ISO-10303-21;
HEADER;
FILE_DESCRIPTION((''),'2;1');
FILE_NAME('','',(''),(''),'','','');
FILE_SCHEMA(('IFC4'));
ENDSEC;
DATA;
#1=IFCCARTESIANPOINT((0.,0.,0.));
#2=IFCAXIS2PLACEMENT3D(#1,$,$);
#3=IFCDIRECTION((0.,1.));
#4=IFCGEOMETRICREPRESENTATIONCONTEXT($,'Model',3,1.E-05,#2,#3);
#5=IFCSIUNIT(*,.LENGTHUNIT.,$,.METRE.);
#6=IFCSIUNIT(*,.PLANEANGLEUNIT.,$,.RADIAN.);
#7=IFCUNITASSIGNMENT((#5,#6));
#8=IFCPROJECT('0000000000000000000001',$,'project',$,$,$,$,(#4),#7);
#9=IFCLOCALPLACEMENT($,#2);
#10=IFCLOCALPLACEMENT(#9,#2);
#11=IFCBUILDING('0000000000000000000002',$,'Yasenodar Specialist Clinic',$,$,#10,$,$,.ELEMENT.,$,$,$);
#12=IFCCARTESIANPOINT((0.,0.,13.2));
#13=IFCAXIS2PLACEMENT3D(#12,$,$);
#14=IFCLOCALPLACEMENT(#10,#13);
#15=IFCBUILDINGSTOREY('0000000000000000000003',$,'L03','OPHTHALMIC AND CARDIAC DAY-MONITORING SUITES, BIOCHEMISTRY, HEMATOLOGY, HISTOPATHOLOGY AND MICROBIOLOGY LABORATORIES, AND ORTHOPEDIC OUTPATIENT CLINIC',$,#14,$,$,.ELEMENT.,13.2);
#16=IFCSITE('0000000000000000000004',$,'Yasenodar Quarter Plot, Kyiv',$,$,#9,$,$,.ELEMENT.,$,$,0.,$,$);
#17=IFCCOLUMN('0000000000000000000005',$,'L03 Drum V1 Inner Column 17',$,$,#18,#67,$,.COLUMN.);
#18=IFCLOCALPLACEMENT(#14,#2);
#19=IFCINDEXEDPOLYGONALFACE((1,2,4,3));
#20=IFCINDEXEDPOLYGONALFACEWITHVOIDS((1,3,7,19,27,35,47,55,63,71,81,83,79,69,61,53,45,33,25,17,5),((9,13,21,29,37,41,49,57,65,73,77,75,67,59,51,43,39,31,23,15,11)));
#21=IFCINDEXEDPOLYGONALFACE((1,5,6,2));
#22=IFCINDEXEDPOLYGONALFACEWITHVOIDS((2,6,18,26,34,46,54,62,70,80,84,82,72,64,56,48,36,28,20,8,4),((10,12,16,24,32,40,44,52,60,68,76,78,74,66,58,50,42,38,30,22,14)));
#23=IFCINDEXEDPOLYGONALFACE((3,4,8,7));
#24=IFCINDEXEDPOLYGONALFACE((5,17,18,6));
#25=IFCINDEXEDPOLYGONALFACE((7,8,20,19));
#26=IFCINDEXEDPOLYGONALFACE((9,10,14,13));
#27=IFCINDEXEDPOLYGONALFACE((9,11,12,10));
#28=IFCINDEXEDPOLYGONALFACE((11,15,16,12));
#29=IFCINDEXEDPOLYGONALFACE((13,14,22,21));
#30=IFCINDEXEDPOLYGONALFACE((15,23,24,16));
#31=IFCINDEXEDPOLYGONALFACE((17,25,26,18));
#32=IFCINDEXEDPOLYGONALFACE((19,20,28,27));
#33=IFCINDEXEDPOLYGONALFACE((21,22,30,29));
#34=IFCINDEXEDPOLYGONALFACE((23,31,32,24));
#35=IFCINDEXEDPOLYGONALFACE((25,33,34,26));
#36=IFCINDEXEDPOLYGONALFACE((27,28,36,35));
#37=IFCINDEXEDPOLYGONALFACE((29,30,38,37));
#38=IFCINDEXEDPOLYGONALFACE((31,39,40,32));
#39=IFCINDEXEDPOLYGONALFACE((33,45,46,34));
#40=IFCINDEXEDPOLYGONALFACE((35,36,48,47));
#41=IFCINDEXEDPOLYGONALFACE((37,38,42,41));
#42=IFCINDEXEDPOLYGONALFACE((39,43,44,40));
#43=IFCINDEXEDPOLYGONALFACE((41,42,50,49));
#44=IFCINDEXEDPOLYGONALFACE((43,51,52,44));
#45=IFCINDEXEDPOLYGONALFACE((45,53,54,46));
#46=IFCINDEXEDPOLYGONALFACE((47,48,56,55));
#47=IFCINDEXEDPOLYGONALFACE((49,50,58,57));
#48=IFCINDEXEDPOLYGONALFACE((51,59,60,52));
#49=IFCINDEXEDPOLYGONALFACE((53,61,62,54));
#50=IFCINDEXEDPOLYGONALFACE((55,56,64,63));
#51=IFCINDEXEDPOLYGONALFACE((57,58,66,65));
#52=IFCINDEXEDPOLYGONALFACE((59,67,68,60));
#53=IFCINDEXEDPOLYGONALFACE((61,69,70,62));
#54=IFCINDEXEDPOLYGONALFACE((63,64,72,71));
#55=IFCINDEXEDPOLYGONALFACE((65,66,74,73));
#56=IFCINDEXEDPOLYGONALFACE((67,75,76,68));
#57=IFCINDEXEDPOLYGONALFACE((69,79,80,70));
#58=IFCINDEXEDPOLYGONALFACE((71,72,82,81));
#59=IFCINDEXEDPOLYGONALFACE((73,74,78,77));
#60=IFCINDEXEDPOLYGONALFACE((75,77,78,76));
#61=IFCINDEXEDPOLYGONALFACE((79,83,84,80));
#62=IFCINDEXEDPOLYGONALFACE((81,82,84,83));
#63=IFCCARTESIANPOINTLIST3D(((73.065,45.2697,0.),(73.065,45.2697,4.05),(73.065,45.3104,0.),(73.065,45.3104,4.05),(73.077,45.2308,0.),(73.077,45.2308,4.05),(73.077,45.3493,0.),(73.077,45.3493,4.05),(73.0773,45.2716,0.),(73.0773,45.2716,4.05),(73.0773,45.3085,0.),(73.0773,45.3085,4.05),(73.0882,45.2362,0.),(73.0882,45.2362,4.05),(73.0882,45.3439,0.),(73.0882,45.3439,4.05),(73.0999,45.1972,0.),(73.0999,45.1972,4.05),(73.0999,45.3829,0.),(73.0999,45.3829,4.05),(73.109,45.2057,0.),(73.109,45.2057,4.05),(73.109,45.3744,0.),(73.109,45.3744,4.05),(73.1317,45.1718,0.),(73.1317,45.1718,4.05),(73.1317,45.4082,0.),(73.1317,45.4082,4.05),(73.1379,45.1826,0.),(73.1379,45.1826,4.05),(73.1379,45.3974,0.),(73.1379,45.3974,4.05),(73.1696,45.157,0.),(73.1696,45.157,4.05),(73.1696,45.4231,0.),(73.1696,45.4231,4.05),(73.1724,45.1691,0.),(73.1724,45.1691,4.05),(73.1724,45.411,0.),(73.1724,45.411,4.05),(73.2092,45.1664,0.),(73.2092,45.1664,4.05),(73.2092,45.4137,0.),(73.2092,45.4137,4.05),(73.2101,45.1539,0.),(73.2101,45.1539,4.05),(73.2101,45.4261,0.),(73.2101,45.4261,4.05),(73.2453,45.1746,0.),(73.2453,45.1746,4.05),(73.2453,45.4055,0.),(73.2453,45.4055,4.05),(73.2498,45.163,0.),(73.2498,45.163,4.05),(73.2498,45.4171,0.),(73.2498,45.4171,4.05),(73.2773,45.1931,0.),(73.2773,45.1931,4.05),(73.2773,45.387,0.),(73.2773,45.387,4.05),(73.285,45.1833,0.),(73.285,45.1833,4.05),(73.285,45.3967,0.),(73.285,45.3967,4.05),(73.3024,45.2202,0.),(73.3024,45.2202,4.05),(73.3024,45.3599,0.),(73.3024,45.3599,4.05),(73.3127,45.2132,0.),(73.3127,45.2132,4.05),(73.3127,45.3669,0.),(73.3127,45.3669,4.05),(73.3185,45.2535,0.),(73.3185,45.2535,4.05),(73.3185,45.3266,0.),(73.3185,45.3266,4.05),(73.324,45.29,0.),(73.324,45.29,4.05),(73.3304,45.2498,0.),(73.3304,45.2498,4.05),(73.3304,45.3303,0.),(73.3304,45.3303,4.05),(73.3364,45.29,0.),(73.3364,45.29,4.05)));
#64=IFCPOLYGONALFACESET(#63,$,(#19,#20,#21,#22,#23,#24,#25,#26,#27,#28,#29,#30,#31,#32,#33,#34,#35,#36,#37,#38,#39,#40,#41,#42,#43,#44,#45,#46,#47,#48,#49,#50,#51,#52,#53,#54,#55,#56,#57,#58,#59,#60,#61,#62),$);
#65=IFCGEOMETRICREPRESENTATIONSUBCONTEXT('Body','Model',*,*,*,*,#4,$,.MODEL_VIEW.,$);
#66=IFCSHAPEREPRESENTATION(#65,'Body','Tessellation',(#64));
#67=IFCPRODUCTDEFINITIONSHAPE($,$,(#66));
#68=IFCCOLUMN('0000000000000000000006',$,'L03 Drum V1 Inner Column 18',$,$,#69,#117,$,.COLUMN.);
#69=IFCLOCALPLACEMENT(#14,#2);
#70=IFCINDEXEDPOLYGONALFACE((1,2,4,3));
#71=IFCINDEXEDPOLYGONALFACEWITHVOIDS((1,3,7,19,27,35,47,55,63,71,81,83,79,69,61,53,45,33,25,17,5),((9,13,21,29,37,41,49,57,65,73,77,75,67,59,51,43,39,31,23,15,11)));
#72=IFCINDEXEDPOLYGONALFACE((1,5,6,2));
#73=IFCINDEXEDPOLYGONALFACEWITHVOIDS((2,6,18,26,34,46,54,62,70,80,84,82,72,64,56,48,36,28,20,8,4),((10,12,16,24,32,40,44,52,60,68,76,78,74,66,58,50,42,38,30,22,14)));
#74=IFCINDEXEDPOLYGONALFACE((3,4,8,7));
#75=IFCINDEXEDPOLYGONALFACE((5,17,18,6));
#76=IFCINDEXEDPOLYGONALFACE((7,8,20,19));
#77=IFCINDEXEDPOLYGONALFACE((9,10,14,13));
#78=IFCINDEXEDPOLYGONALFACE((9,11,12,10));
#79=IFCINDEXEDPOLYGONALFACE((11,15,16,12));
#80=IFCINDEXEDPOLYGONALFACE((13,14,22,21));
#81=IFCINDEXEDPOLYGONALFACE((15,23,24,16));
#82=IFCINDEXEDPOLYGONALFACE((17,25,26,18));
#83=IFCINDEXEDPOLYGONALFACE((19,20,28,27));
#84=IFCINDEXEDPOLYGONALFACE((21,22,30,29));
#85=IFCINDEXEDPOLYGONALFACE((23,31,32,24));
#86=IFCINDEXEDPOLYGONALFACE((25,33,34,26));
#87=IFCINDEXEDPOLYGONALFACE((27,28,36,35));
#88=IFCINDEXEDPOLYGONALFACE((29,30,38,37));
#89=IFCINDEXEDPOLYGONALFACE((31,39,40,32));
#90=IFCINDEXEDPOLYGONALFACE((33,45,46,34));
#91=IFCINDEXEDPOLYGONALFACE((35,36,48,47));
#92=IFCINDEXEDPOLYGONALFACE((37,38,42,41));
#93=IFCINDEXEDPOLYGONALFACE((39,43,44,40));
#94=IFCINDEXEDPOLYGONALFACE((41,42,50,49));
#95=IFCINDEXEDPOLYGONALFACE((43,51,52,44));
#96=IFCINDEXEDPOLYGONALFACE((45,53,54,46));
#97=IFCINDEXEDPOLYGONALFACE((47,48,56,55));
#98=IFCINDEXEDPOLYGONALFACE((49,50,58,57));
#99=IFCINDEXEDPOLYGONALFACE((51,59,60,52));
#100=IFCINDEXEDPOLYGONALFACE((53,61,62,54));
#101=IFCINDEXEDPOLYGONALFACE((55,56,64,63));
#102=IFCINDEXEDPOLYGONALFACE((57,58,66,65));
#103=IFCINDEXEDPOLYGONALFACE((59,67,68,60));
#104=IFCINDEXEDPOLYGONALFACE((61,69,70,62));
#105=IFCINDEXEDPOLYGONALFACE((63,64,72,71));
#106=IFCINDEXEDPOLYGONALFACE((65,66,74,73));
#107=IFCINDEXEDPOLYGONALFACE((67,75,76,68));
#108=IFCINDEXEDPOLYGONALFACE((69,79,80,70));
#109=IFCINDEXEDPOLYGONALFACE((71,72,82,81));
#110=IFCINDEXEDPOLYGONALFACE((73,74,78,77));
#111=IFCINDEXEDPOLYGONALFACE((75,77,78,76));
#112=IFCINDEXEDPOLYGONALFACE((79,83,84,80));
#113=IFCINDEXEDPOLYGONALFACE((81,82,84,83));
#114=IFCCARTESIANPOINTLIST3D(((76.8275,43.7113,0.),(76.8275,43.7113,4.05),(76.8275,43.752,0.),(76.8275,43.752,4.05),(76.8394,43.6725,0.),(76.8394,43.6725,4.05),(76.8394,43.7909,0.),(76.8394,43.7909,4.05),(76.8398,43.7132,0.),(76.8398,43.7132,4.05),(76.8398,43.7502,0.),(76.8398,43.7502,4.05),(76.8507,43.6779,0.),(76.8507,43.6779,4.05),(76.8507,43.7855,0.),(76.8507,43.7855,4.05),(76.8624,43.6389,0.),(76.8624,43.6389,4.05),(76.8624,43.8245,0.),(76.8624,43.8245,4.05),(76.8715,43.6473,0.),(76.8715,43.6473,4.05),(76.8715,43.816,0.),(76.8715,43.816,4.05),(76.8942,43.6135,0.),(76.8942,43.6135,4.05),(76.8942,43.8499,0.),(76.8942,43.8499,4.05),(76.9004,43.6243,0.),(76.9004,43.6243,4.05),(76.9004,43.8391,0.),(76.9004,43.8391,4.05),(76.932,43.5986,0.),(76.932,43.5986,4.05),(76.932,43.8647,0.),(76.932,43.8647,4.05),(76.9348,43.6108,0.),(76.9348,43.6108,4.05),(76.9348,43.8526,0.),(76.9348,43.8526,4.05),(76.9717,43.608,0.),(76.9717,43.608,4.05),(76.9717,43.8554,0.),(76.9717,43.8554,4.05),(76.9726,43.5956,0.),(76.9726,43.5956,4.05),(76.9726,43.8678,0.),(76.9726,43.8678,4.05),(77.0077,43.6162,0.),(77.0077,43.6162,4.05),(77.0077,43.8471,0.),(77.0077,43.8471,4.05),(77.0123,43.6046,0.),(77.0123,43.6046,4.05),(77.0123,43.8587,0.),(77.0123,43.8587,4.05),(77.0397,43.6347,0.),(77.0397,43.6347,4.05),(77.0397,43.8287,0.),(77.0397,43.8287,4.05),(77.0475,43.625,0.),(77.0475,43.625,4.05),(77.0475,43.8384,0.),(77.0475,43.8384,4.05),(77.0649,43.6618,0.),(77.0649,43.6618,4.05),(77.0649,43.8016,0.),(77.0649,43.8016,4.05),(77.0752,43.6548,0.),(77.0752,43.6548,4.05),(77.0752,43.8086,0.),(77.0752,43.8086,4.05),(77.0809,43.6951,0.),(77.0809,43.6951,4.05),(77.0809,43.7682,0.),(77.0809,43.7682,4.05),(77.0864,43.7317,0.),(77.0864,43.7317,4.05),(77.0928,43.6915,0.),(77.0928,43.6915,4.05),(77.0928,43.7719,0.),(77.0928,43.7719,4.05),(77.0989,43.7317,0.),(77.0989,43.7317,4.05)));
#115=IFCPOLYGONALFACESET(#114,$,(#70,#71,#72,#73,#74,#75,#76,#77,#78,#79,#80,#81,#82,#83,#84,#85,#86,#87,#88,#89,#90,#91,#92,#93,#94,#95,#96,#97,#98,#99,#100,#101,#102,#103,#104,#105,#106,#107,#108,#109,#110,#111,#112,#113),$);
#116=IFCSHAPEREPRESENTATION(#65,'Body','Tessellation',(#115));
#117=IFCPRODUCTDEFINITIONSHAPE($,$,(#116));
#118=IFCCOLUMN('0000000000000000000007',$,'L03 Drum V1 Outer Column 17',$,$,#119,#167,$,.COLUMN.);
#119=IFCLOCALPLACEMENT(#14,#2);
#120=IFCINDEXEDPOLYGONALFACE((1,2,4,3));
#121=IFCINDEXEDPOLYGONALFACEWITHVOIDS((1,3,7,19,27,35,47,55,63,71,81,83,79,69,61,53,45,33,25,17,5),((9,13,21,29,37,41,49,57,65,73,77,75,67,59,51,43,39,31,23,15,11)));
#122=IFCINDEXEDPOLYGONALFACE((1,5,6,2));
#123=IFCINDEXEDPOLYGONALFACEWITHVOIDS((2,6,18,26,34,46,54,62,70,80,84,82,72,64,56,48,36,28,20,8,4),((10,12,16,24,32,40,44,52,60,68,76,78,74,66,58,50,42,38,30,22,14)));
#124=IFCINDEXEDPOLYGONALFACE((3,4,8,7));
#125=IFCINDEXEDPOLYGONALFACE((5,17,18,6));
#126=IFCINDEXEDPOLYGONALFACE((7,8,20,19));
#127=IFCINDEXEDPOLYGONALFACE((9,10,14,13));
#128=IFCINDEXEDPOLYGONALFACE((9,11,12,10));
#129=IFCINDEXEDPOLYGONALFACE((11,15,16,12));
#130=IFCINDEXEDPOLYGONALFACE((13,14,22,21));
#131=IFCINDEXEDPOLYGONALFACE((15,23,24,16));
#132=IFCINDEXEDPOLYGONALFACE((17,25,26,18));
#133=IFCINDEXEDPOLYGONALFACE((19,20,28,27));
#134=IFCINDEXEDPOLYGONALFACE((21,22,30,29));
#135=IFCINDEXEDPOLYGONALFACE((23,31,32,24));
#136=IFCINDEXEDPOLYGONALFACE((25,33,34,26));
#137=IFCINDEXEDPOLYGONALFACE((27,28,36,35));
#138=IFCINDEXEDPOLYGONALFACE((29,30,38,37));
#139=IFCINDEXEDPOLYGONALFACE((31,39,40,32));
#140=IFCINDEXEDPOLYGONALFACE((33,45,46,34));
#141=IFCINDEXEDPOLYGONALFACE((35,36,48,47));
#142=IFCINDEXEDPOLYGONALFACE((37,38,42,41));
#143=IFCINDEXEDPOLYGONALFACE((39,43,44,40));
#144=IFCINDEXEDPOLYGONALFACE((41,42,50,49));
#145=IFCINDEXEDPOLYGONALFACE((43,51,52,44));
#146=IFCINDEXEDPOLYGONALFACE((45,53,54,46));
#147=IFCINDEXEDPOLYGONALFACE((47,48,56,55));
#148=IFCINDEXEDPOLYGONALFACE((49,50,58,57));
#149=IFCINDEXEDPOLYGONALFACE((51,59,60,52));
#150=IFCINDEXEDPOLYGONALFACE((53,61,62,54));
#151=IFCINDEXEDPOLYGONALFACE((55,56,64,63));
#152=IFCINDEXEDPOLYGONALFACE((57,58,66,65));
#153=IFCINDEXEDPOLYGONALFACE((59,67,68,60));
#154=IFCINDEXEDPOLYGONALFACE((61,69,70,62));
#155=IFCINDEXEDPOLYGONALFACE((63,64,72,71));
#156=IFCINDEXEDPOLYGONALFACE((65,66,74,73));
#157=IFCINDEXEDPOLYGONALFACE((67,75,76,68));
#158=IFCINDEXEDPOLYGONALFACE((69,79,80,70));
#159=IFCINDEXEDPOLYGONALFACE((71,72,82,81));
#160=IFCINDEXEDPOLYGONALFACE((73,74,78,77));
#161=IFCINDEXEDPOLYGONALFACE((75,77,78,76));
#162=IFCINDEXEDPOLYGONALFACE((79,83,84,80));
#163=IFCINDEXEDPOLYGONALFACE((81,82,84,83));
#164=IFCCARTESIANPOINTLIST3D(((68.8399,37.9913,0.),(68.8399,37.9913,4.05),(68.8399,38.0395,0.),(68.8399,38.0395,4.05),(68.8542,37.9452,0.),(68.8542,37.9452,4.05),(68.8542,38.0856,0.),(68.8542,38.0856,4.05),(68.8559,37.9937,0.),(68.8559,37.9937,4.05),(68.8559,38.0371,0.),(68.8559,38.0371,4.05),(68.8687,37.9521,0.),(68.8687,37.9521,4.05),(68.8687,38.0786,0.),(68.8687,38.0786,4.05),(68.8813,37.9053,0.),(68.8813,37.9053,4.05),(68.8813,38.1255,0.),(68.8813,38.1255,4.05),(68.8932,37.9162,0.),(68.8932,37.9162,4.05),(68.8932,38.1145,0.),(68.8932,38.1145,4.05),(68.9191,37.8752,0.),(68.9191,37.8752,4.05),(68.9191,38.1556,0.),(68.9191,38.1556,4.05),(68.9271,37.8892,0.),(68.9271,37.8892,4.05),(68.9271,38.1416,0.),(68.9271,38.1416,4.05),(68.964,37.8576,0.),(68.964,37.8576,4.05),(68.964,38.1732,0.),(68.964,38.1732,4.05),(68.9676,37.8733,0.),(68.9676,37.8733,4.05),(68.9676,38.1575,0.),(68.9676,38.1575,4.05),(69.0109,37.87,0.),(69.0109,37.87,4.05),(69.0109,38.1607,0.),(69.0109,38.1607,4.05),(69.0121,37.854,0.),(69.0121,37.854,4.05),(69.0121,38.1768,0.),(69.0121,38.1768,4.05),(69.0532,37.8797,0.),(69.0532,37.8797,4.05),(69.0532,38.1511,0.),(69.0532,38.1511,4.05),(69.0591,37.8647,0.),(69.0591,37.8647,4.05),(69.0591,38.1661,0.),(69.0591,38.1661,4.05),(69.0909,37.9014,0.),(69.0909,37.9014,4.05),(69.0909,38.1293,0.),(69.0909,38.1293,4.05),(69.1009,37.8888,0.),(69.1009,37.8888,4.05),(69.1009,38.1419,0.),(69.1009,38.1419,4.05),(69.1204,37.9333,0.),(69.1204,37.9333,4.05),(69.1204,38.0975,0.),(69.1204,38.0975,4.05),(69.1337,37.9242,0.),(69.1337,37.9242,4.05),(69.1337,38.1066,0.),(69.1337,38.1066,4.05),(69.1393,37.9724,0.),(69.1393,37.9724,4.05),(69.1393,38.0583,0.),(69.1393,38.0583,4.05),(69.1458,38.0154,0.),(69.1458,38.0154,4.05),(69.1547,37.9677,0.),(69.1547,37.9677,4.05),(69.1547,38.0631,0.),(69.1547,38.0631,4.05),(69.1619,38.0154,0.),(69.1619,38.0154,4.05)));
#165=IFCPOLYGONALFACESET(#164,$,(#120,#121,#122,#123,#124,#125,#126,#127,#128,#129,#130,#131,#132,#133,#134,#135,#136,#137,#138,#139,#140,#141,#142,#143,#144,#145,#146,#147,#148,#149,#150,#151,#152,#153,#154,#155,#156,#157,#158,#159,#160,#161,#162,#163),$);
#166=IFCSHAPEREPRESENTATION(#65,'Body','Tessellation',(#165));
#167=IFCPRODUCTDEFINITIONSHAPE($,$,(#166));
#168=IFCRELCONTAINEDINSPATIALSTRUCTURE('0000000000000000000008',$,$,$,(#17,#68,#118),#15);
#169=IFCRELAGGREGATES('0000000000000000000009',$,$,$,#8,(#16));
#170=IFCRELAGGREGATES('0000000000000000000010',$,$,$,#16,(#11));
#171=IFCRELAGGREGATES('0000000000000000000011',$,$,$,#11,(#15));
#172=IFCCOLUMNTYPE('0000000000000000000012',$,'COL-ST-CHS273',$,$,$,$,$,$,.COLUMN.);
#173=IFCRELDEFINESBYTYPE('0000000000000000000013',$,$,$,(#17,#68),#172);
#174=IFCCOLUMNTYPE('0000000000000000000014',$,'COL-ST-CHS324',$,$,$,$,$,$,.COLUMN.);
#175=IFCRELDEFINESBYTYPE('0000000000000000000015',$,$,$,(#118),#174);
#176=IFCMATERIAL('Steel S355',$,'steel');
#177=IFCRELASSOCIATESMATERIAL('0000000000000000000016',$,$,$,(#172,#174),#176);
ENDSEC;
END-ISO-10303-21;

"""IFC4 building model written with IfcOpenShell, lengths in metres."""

from ifc_helpers import new_model, si_unit, direction, frame, origin, origin_2d, place, context, subcontext, project, spatial, hollow_circle, extrude, material, material_profile, profile_set, type_object, element, save


model = new_model("IFC4")

# Units and contexts
model_context = context("Model", 3, precision=1e-05, world=origin(), true_north=direction((0.0, 1.0)))
body_context = subcontext(model_context, "Body", "Model", "MODEL_VIEW")
ifc_project = project(units=[si_unit("LENGTHUNIT", "METRE"), si_unit("PLANEANGLEUNIT", "RADIAN")], contexts=[model_context])

# Site, building, storey
site_placement = place(None, origin())
site = spatial("IfcSite", under=ifc_project, at=site_placement, Name="Yasenodar Quarter Plot, Kyiv", CompositionType="ELEMENT", RefElevation=0.0)
building_placement = place(site_placement, origin())
building = spatial("IfcBuilding", under=site, at=building_placement, Name="Yasenodar Specialist Clinic", CompositionType="ELEMENT")
storey_placement = place(building_placement, frame((0.0, 0.0, 13.2)))
storey = spatial("IfcBuildingStorey", under=building, at=storey_placement, Name="L03", Description="OPHTHALMIC AND CARDIAC DAY-MONITORING SUITES, BIOCHEMISTRY, HEMATOLOGY, HISTOPATHOLOGY AND MICROBIOLOGY LABORATORIES, AND ORTHOPEDIC OUTPATIENT CLINIC", CompositionType="ELEMENT", Elevation=13.2)

# Columns
ifc_material_1 = material(Name="Steel S355", Category="steel")
ifc_material_profile_1 = material_profile(ifc_material_1, hollow_circle(Radius=0.1365, WallThickness=0.0125, at=origin_2d()), Name="CHS 273x12.5")
ifc_profile_set_1 = profile_set([ifc_material_profile_1], Name="Steel S355")
column_type_1 = type_object("IfcColumnType", Name="COL-ST-CHS273", PredefinedType="COLUMN", material=ifc_profile_set_1)
for number, where, z_axis, x_axis, name in (
    (1, (73.2, 45.29, 0.0), (0.0, 0.0, 1.0), (1.0, 0.0, 0.0), "L03 Drum V1 Inner Column 17"),
    (2, (76.9624, 43.7317, 0.0), (0.0, 0.0, 1.0), (1.0, 0.0, 0.0), "L03 Drum V1 Inner Column 18"),
):
    element("IfcColumn", number, at=place(storey_placement, frame(where, z_axis=z_axis, x_axis=x_axis)), inside=storey, type_object=column_type_1, Name=name, PredefinedType="COLUMN", context=body_context, shape_type="SweptSolid", body=[
        extrude(hollow_circle(Radius=0.1365, WallThickness=0.0125, at=origin_2d()), origin(), (0.0, 0.0, 1.0), 4.05),
    ])
ifc_material_profile_2 = material_profile(ifc_material_1, hollow_circle(Radius=0.1619, WallThickness=0.0161, at=origin_2d()), Name="CHS 323.9x16")
ifc_profile_set_2 = profile_set([ifc_material_profile_2], Name="Steel S355")
column_type_2 = type_object("IfcColumnType", Name="COL-ST-CHS324", PredefinedType="COLUMN", material=ifc_profile_set_2)
for number, where, z_axis, x_axis, name in (
    (3, (69.0, 38.0154, 0.0), (0.0, 0.0, 1.0), (1.0, 0.0, 0.0), "L03 Drum V1 Outer Column 17"),
):
    element("IfcColumn", number, at=place(storey_placement, frame(where, z_axis=z_axis, x_axis=x_axis)), inside=storey, type_object=column_type_2, Name=name, PredefinedType="COLUMN", context=body_context, shape_type="SweptSolid", body=[
        extrude(hollow_circle(Radius=0.1619, WallThickness=0.0161, at=origin_2d()), origin(), (0.0, 0.0, 1.0), 4.05),
    ])

save(model, "model.ifc")
